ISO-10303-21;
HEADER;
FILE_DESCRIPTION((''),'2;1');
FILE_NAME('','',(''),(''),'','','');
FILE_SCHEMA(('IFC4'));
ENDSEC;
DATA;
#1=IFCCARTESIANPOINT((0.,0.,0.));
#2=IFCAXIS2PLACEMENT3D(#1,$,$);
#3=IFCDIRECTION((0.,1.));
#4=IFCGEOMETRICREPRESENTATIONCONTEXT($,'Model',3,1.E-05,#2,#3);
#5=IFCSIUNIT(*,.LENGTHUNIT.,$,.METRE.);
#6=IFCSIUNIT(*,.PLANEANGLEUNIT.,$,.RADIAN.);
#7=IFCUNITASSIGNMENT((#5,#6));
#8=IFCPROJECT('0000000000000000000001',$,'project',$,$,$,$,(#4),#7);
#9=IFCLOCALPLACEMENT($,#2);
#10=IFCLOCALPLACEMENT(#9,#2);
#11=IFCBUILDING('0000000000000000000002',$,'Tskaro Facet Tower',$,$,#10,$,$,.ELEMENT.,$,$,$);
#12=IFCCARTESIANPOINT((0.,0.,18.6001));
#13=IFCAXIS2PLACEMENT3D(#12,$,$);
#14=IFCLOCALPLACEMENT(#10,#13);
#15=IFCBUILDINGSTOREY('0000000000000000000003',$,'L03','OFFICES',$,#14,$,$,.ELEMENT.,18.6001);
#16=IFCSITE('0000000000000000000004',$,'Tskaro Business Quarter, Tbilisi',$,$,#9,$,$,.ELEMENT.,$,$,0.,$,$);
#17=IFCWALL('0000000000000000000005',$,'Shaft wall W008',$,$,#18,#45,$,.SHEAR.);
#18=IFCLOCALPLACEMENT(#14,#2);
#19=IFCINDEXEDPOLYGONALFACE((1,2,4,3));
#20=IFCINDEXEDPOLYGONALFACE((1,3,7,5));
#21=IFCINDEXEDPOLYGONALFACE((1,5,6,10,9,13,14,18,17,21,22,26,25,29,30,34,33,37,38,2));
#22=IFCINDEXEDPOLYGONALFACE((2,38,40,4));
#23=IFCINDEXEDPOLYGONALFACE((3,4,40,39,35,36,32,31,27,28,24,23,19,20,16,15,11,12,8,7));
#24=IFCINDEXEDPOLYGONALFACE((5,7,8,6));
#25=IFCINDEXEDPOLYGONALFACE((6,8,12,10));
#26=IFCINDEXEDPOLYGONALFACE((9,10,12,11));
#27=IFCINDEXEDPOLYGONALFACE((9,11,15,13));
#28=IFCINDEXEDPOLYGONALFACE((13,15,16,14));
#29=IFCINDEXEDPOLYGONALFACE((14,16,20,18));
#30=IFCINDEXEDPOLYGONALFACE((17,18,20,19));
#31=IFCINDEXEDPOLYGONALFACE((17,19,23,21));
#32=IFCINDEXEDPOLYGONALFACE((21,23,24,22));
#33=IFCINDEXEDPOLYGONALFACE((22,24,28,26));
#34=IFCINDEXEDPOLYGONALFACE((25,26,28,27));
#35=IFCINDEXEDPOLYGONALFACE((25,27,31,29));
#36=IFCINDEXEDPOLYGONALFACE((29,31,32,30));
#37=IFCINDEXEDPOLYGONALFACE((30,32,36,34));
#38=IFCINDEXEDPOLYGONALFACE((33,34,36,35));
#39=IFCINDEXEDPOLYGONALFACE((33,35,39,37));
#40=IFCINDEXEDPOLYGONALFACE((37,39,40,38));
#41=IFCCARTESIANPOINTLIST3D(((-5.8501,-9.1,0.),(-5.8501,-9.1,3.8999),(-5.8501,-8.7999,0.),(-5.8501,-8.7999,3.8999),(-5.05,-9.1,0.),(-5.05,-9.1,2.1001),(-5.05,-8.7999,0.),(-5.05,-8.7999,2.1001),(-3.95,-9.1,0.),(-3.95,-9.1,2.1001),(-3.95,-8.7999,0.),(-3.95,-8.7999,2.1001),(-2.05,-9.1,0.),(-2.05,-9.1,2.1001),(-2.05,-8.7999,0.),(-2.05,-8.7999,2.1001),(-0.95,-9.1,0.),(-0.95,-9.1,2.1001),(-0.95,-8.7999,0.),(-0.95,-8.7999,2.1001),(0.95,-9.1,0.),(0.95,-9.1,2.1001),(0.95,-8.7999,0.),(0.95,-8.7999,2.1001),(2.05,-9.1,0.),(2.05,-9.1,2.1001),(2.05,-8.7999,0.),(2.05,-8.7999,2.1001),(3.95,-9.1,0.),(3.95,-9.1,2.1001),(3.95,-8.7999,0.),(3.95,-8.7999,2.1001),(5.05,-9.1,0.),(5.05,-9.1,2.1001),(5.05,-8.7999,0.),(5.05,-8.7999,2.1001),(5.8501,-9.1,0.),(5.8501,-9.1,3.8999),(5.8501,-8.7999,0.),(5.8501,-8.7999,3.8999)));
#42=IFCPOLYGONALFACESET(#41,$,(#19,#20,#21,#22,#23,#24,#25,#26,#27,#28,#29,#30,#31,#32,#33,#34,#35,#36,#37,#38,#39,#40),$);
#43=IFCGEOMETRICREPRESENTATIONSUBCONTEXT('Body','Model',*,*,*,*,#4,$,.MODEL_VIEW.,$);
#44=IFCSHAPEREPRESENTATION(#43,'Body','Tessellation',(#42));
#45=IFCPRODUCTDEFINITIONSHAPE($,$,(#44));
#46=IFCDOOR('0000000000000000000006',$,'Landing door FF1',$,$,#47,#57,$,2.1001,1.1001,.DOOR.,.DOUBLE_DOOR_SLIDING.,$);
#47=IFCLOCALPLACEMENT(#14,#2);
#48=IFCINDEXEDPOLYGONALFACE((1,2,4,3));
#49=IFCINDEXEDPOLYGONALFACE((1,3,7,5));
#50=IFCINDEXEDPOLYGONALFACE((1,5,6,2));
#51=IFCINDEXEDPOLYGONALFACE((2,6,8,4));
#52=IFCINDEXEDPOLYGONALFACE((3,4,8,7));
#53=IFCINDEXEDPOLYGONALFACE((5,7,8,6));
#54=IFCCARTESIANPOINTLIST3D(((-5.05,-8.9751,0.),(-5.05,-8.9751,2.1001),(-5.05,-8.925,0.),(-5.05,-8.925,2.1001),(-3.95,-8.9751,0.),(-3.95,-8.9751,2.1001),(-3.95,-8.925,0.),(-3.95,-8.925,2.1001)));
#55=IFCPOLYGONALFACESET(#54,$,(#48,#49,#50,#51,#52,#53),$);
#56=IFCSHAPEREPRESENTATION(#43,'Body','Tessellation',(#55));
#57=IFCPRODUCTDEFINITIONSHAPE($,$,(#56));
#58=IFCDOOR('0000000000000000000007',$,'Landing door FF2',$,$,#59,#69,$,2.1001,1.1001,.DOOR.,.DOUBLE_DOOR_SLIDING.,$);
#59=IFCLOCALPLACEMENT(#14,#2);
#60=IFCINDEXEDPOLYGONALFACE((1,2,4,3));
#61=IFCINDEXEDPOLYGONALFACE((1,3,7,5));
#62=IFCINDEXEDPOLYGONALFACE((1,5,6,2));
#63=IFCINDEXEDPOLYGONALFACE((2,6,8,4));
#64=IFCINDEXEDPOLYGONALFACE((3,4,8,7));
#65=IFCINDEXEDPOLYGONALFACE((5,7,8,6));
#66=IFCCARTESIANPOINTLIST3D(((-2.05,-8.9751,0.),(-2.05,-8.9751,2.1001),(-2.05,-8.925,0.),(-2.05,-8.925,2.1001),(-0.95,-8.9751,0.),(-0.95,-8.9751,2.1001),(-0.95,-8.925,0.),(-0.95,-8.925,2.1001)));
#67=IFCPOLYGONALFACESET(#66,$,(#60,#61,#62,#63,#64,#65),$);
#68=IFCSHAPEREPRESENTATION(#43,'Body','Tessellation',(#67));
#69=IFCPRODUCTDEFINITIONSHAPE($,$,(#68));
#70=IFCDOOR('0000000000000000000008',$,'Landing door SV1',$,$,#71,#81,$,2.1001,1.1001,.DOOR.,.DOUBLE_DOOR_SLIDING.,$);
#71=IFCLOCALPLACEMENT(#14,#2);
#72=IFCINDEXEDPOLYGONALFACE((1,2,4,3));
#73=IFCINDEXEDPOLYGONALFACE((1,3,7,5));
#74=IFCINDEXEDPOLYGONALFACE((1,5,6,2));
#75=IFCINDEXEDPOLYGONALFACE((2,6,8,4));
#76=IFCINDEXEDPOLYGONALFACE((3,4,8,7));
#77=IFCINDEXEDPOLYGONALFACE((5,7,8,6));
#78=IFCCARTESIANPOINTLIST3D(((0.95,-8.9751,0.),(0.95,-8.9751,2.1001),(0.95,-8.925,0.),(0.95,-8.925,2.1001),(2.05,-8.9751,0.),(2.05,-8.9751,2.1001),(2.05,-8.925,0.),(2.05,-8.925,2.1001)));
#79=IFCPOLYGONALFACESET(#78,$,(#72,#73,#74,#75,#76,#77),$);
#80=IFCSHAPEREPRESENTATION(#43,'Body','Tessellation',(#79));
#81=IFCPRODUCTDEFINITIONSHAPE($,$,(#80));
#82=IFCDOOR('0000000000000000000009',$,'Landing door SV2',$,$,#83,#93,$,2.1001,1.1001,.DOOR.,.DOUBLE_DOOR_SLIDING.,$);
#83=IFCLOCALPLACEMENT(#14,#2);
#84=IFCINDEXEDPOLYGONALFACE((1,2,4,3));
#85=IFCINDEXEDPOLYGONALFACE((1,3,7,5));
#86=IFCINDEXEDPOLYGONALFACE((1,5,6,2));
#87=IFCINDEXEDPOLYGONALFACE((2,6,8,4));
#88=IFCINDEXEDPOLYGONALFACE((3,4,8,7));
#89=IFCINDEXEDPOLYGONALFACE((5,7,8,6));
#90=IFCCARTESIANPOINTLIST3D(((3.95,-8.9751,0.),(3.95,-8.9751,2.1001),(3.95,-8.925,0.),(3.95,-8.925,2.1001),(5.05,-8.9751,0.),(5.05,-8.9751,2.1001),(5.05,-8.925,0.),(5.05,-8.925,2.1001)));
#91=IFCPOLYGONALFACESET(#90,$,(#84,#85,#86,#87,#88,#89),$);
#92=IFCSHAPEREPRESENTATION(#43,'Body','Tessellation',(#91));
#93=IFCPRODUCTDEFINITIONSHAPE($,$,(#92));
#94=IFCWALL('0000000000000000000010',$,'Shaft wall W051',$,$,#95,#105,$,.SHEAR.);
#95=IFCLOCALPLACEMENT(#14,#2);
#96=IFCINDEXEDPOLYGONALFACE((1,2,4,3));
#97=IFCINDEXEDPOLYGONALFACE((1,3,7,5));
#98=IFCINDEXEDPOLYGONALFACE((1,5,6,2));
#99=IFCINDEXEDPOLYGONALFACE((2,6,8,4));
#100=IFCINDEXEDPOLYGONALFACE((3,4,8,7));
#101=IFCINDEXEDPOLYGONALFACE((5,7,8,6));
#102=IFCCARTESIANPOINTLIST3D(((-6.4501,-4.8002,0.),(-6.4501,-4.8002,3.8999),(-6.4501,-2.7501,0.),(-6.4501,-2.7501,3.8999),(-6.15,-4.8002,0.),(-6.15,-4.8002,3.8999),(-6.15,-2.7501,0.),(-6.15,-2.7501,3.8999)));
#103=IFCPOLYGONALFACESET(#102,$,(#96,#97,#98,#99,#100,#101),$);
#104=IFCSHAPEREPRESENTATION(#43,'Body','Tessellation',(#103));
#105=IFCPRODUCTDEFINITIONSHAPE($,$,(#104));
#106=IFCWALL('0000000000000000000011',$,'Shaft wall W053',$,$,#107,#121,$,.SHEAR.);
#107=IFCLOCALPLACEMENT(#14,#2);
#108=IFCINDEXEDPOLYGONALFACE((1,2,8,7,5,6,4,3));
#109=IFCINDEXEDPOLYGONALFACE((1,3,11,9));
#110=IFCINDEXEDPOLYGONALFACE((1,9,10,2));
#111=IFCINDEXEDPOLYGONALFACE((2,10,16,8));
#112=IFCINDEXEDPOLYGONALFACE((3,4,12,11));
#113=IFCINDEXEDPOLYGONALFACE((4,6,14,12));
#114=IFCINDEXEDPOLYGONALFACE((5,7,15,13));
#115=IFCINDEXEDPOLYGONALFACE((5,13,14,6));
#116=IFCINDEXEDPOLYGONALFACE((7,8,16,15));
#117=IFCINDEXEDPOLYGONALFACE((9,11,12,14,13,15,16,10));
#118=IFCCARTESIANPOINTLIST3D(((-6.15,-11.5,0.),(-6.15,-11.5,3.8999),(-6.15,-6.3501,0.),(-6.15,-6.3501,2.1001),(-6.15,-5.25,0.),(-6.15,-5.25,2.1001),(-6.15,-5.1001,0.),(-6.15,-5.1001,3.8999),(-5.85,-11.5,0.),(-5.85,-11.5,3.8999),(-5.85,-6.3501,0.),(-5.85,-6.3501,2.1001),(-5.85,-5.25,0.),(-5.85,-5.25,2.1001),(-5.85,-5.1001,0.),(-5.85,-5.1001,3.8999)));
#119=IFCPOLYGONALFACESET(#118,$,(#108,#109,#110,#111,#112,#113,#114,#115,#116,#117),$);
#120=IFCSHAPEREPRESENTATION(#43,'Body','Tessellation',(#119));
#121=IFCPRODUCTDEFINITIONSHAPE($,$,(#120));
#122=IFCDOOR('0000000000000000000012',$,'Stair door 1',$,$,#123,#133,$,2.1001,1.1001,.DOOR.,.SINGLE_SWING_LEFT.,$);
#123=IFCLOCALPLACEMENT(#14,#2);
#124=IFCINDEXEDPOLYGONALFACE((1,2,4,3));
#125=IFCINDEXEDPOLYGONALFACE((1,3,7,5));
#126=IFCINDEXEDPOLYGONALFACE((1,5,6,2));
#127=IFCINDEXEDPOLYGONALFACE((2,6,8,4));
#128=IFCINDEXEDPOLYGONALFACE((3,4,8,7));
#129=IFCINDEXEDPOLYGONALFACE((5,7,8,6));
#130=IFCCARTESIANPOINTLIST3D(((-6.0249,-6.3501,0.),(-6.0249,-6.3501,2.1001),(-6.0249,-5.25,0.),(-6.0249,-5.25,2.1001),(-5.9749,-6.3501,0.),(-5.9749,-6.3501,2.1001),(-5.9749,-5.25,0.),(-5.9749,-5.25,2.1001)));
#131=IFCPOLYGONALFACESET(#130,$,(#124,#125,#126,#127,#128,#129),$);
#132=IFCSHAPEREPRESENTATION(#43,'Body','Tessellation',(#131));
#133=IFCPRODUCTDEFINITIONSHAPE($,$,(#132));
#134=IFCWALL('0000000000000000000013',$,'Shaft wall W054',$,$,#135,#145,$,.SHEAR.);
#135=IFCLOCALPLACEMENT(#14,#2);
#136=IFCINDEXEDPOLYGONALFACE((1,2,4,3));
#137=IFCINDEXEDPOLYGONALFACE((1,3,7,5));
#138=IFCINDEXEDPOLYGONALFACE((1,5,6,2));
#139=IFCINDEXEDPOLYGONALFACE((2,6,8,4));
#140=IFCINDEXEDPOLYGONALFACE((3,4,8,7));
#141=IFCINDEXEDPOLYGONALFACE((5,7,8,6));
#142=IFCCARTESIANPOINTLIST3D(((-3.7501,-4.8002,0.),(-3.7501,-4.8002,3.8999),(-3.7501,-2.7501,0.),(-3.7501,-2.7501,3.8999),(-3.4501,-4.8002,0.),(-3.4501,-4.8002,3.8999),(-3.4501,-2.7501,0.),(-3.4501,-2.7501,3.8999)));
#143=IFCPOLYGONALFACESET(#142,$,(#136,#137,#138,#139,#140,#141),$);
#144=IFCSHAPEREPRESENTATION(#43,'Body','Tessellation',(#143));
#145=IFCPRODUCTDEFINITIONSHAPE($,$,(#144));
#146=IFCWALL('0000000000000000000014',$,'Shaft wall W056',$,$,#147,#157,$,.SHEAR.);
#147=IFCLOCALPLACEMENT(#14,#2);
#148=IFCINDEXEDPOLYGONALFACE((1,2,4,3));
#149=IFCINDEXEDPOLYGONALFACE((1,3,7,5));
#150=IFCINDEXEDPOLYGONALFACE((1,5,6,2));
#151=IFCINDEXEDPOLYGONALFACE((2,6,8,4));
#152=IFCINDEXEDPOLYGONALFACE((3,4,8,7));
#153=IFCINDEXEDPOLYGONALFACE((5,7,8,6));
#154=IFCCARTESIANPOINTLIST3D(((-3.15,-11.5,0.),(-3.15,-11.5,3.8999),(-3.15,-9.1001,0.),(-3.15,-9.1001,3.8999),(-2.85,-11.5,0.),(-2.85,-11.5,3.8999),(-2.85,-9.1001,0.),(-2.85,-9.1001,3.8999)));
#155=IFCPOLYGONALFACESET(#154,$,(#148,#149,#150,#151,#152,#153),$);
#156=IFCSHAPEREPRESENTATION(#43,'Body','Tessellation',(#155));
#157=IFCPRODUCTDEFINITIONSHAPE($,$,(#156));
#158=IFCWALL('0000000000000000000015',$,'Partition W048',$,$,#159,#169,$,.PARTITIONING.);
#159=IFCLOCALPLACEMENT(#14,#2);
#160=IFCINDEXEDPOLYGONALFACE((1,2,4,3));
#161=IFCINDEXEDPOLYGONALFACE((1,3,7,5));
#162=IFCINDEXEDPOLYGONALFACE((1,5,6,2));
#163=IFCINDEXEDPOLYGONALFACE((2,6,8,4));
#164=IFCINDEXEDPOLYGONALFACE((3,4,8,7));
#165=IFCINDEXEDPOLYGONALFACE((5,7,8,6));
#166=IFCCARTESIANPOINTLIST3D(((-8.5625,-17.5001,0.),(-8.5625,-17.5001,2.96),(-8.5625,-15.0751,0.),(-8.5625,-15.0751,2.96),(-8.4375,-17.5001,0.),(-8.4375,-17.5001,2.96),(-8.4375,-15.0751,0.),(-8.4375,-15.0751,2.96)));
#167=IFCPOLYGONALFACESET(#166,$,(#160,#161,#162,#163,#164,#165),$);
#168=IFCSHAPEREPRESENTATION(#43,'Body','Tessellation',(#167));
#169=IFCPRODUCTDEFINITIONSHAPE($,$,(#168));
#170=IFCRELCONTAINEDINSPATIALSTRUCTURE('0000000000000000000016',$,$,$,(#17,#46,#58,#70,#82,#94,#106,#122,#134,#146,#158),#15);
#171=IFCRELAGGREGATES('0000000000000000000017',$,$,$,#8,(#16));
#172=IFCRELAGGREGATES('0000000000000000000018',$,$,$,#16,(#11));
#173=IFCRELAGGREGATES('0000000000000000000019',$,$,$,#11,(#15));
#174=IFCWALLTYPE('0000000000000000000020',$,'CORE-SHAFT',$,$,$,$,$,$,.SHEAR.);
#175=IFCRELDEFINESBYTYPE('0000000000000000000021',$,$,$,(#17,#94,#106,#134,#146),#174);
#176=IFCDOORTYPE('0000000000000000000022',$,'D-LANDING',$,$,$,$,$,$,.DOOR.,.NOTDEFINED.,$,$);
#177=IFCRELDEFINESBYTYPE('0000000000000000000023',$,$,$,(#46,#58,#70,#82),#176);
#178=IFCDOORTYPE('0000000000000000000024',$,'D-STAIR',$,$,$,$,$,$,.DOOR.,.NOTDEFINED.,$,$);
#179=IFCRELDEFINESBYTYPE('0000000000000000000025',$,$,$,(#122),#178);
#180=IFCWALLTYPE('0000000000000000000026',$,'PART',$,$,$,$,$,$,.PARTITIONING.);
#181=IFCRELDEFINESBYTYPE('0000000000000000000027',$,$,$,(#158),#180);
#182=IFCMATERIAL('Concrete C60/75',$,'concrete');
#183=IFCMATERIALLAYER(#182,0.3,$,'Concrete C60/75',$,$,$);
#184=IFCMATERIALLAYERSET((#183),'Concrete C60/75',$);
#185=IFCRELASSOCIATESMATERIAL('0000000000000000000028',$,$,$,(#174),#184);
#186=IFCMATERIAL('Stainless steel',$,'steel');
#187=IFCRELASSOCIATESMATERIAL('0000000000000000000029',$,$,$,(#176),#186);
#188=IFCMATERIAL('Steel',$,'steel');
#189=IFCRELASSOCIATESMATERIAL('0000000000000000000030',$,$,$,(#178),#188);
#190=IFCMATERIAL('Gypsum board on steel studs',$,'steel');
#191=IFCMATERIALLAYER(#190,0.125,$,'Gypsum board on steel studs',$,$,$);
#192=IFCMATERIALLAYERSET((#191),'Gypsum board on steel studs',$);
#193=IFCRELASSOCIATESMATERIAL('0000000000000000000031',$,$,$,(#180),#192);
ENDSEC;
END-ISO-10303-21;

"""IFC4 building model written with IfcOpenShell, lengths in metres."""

from ifc_helpers import new_model, si_unit, direction, frame, frame_2d, origin, place, context, subcontext, project, spatial, rectangle, extrude, material, layer, layer_set, type_object, element, fill, save


model = new_model("IFC4")

# Units and contexts
model_context = context("Model", 3, precision=1e-05, world=origin(), true_north=direction((0.0, 1.0)))
body_context = subcontext(model_context, "Body", "Model", "MODEL_VIEW")
ifc_project = project(units=[si_unit("LENGTHUNIT", "METRE"), si_unit("PLANEANGLEUNIT", "RADIAN")], contexts=[model_context])

# Site, building, storey
site_placement = place(None, origin())
site = spatial("IfcSite", under=ifc_project, at=site_placement, Name="Tskaro Business Quarter, Tbilisi", CompositionType="ELEMENT", RefElevation=0.0)
building_placement = place(site_placement, origin())
building = spatial("IfcBuilding", under=site, at=building_placement, Name="Tskaro Facet Tower", CompositionType="ELEMENT")
storey_placement = place(building_placement, frame((0.0, 0.0, 18.6001)))
storey = spatial("IfcBuildingStorey", under=building, at=storey_placement, Name="L03", Description="OFFICES", CompositionType="ELEMENT", Elevation=18.6001)

# Wall, openings, doors
ifc_material_1 = material(Name="Concrete C60/75", Category="concrete")
ifc_layer_1 = layer(ifc_material_1, 0.3, Name="Concrete C60/75")
ifc_layer_set_1 = layer_set([ifc_layer_1], Name="Concrete C60/75")
wall_type_1 = type_object("IfcWallType", Name="CORE-SHAFT", PredefinedType="SHEAR", material=ifc_layer_set_1)
wall_1_placement = place(storey_placement, frame((-5.8501, -8.95, 0.0), z_axis=(0.0, 0.0, 1.0), x_axis=(1.0, 0.0, 0.0)))
wall_1 = element("IfcWall", 1, at=wall_1_placement, inside=storey, type_object=wall_type_1, Name="Shaft wall W008", PredefinedType="SHEAR", context=body_context, shape_type="SweptSolid", body=[
    extrude(rectangle(XDim=11.7002, YDim=0.3, at=frame_2d((5.8501, 0.0))), origin(), (0.0, 0.0, 1.0), 3.8999),
])
opening_1_placement = place(wall_1_placement, frame((0.8, 0.0, 0.0)))
opening_1 = element("IfcOpeningElement", 2, at=opening_1_placement, cuts=wall_1, PredefinedType="OPENING", context=body_context, shape_type="SweptSolid", body=[
    extrude(rectangle(XDim=1.1001, YDim=2.1001, at=frame_2d((0.55, 1.05))), frame((0.0, 0.1599, 0.0), z_axis=(0.0, -1.0, 0.0), x_axis=(1.0, 0.0, 0.0)), (0.0, 0.0, 1.0), 0.3201),
])
opening_2_placement = place(wall_1_placement, frame((3.8, 0.0, 0.0)))
opening_2 = element("IfcOpeningElement", 3, at=opening_2_placement, cuts=wall_1, PredefinedType="OPENING", context=body_context, shape_type="SweptSolid", body=[
    extrude(rectangle(XDim=1.1001, YDim=2.1001, at=frame_2d((0.55, 1.05))), frame((0.0, 0.1599, 0.0), z_axis=(0.0, -1.0, 0.0), x_axis=(1.0, 0.0, 0.0)), (0.0, 0.0, 1.0), 0.3201),
])
opening_3_placement = place(wall_1_placement, frame((6.8, 0.0, 0.0)))
opening_3 = element("IfcOpeningElement", 4, at=opening_3_placement, cuts=wall_1, PredefinedType="OPENING", context=body_context, shape_type="SweptSolid", body=[
    extrude(rectangle(XDim=1.1001, YDim=2.1001, at=frame_2d((0.55, 1.05))), frame((0.0, 0.1599, 0.0), z_axis=(0.0, -1.0, 0.0), x_axis=(1.0, 0.0, 0.0)), (0.0, 0.0, 1.0), 0.3201),
])
opening_4_placement = place(wall_1_placement, frame((9.8, 0.0, 0.0)))
opening_4 = element("IfcOpeningElement", 5, at=opening_4_placement, cuts=wall_1, PredefinedType="OPENING", context=body_context, shape_type="SweptSolid", body=[
    extrude(rectangle(XDim=1.1001, YDim=2.1001, at=frame_2d((0.55, 1.05))), frame((0.0, 0.1599, 0.0), z_axis=(0.0, -1.0, 0.0), x_axis=(1.0, 0.0, 0.0)), (0.0, 0.0, 1.0), 0.3201),
])
ifc_material_2 = material(Name="Stainless steel", Category="steel")
door_type_1 = type_object("IfcDoorType", Name="D-LANDING", OperationType="NOTDEFINED", PredefinedType="DOOR", material=ifc_material_2)
door_1_placement = place(opening_1_placement, origin())
door_1 = element("IfcDoor", 6, at=door_1_placement, inside=storey, type_object=door_type_1, Name="Landing door FF1", OperationType="DOUBLE_DOOR_SLIDING", OverallHeight=2.1001, OverallWidth=1.1001, PredefinedType="DOOR", context=body_context, shape_type="SweptSolid", body=[
    extrude(rectangle(XDim=1.1001, YDim=2.1001, at=frame_2d((0.55, 1.05))), frame((0.0, 0.0249, 0.0), z_axis=(0.0, -1.0, 0.0), x_axis=(1.0, 0.0, 0.0)), (0.0, 0.0, 1.0), 0.05),
])
fill(opening_1, door_1)
door_2_placement = place(opening_2_placement, origin())
door_2 = element("IfcDoor", 7, at=door_2_placement, inside=storey, type_object=door_type_1, Name="Landing door FF2", OperationType="DOUBLE_DOOR_SLIDING", OverallHeight=2.1001, OverallWidth=1.1001, PredefinedType="DOOR", context=body_context, shape_type="SweptSolid", body=[
    extrude(rectangle(XDim=1.1001, YDim=2.1001, at=frame_2d((0.55, 1.05))), frame((0.0, 0.0249, 0.0), z_axis=(0.0, -1.0, 0.0), x_axis=(1.0, 0.0, 0.0)), (0.0, 0.0, 1.0), 0.05),
])
fill(opening_2, door_2)
door_3_placement = place(opening_3_placement, origin())
door_3 = element("IfcDoor", 8, at=door_3_placement, inside=storey, type_object=door_type_1, Name="Landing door SV1", OperationType="DOUBLE_DOOR_SLIDING", OverallHeight=2.1001, OverallWidth=1.1001, PredefinedType="DOOR", context=body_context, shape_type="SweptSolid", body=[
    extrude(rectangle(XDim=1.1001, YDim=2.1001, at=frame_2d((0.55, 1.05))), frame((0.0, 0.0249, 0.0), z_axis=(0.0, -1.0, 0.0), x_axis=(1.0, 0.0, 0.0)), (0.0, 0.0, 1.0), 0.05),
])
fill(opening_3, door_3)
door_4_placement = place(opening_4_placement, origin())
door_4 = element("IfcDoor", 9, at=door_4_placement, inside=storey, type_object=door_type_1, Name="Landing door SV2", OperationType="DOUBLE_DOOR_SLIDING", OverallHeight=2.1001, OverallWidth=1.1001, PredefinedType="DOOR", context=body_context, shape_type="SweptSolid", body=[
    extrude(rectangle(XDim=1.1001, YDim=2.1001, at=frame_2d((0.55, 1.05))), frame((0.0, 0.0249, 0.0), z_axis=(0.0, -1.0, 0.0), x_axis=(1.0, 0.0, 0.0)), (0.0, 0.0, 1.0), 0.05),
])
fill(opening_4, door_4)

# Wall
wall_2_placement = place(storey_placement, frame((-6.3, -4.8, 0.0), z_axis=(0.0, 0.0, 1.0), x_axis=(0.0, 1.0, 0.0)))
element("IfcWall", 10, at=wall_2_placement, inside=storey, type_object=wall_type_1, Name="Shaft wall W051", PredefinedType="SHEAR", context=body_context, shape_type="SweptSolid", body=[
    extrude(rectangle(XDim=2.05, YDim=0.3, at=frame_2d((1.0249, 0.0))), origin(), (0.0, 0.0, 1.0), 3.8999),
])

# Wall, opening, door
wall_3_placement = place(storey_placement, frame((-6.0, -11.5, 0.0), z_axis=(0.0, 0.0, 1.0), x_axis=(0.0, 1.0, 0.0)))
wall_3 = element("IfcWall", 11, at=wall_3_placement, inside=storey, type_object=wall_type_1, Name="Shaft wall W053", PredefinedType="SHEAR", context=body_context, shape_type="SweptSolid", body=[
    extrude(rectangle(XDim=6.3999, YDim=0.3, at=frame_2d((3.2, 0.0))), origin(), (0.0, 0.0, 1.0), 3.8999),
])
opening_5_placement = place(wall_3_placement, frame((5.1499, 0.0, 0.0)))
opening_5 = element("IfcOpeningElement", 12, at=opening_5_placement, cuts=wall_3, PredefinedType="OPENING", context=body_context, shape_type="SweptSolid", body=[
    extrude(rectangle(XDim=1.1001, YDim=2.1001, at=frame_2d((0.55, 1.05))), frame((0.0, 0.1599, 0.0), z_axis=(0.0, -1.0, 0.0), x_axis=(1.0, 0.0, 0.0)), (0.0, 0.0, 1.0), 0.3201),
])
ifc_material_3 = material(Name="Steel", Category="steel")
door_type_2 = type_object("IfcDoorType", Name="D-STAIR", OperationType="NOTDEFINED", PredefinedType="DOOR", material=ifc_material_3)
door_5_placement = place(opening_5_placement, origin())
door_5 = element("IfcDoor", 13, at=door_5_placement, inside=storey, type_object=door_type_2, Name="Stair door 1", OperationType="SINGLE_SWING_LEFT", OverallHeight=2.1001, OverallWidth=1.1001, PredefinedType="DOOR", context=body_context, shape_type="SweptSolid", body=[
    extrude(rectangle(XDim=1.1001, YDim=2.1001, at=frame_2d((0.55, 1.05))), frame((0.0, 0.0249, 0.0), z_axis=(0.0, -1.0, 0.0), x_axis=(1.0, 0.0, 0.0)), (0.0, 0.0, 1.0), 0.05),
])
fill(opening_5, door_5)

# Walls
wall_4_placement = place(storey_placement, frame((-3.6001, -4.8, 0.0), z_axis=(0.0, 0.0, 1.0), x_axis=(0.0, 1.0, 0.0)))
element("IfcWall", 14, at=wall_4_placement, inside=storey, type_object=wall_type_1, Name="Shaft wall W054", PredefinedType="SHEAR", context=body_context, shape_type="SweptSolid", body=[
    extrude(rectangle(XDim=2.05, YDim=0.3, at=frame_2d((1.0249, 0.0))), origin(), (0.0, 0.0, 1.0), 3.8999),
])
wall_5_placement = place(storey_placement, frame((-3.0, -11.5, 0.0), z_axis=(0.0, 0.0, 1.0), x_axis=(0.0, 1.0, 0.0)))
element("IfcWall", 15, at=wall_5_placement, inside=storey, type_object=wall_type_1, Name="Shaft wall W056", PredefinedType="SHEAR", context=body_context, shape_type="SweptSolid", body=[
    extrude(rectangle(XDim=2.3999, YDim=0.3, at=frame_2d((1.2, 0.0))), origin(), (0.0, 0.0, 1.0), 3.8999),
])
ifc_material_4 = material(Name="Gypsum board on steel studs", Category="steel")
ifc_layer_2 = layer(ifc_material_4, 0.125, Name="Gypsum board on steel studs")
ifc_layer_set_2 = layer_set([ifc_layer_2], Name="Gypsum board on steel studs")
wall_type_2 = type_object("IfcWallType", Name="PART", PredefinedType="PARTITIONING", material=ifc_layer_set_2)
wall_6_placement = place(storey_placement, frame((-8.5, -17.5, 0.0), z_axis=(0.0, 0.0, 1.0), x_axis=(0.0, 1.0, 0.0)))
element("IfcWall", 16, at=wall_6_placement, inside=storey, type_object=wall_type_2, Name="Partition W048", PredefinedType="PARTITIONING", context=body_context, shape_type="SweptSolid", body=[
    extrude(rectangle(XDim=2.425, YDim=0.125, at=frame_2d((1.2124, 0.0))), origin(), (0.0, 0.0, 1.0), 2.96),
])

save(model, "model.ifc")
